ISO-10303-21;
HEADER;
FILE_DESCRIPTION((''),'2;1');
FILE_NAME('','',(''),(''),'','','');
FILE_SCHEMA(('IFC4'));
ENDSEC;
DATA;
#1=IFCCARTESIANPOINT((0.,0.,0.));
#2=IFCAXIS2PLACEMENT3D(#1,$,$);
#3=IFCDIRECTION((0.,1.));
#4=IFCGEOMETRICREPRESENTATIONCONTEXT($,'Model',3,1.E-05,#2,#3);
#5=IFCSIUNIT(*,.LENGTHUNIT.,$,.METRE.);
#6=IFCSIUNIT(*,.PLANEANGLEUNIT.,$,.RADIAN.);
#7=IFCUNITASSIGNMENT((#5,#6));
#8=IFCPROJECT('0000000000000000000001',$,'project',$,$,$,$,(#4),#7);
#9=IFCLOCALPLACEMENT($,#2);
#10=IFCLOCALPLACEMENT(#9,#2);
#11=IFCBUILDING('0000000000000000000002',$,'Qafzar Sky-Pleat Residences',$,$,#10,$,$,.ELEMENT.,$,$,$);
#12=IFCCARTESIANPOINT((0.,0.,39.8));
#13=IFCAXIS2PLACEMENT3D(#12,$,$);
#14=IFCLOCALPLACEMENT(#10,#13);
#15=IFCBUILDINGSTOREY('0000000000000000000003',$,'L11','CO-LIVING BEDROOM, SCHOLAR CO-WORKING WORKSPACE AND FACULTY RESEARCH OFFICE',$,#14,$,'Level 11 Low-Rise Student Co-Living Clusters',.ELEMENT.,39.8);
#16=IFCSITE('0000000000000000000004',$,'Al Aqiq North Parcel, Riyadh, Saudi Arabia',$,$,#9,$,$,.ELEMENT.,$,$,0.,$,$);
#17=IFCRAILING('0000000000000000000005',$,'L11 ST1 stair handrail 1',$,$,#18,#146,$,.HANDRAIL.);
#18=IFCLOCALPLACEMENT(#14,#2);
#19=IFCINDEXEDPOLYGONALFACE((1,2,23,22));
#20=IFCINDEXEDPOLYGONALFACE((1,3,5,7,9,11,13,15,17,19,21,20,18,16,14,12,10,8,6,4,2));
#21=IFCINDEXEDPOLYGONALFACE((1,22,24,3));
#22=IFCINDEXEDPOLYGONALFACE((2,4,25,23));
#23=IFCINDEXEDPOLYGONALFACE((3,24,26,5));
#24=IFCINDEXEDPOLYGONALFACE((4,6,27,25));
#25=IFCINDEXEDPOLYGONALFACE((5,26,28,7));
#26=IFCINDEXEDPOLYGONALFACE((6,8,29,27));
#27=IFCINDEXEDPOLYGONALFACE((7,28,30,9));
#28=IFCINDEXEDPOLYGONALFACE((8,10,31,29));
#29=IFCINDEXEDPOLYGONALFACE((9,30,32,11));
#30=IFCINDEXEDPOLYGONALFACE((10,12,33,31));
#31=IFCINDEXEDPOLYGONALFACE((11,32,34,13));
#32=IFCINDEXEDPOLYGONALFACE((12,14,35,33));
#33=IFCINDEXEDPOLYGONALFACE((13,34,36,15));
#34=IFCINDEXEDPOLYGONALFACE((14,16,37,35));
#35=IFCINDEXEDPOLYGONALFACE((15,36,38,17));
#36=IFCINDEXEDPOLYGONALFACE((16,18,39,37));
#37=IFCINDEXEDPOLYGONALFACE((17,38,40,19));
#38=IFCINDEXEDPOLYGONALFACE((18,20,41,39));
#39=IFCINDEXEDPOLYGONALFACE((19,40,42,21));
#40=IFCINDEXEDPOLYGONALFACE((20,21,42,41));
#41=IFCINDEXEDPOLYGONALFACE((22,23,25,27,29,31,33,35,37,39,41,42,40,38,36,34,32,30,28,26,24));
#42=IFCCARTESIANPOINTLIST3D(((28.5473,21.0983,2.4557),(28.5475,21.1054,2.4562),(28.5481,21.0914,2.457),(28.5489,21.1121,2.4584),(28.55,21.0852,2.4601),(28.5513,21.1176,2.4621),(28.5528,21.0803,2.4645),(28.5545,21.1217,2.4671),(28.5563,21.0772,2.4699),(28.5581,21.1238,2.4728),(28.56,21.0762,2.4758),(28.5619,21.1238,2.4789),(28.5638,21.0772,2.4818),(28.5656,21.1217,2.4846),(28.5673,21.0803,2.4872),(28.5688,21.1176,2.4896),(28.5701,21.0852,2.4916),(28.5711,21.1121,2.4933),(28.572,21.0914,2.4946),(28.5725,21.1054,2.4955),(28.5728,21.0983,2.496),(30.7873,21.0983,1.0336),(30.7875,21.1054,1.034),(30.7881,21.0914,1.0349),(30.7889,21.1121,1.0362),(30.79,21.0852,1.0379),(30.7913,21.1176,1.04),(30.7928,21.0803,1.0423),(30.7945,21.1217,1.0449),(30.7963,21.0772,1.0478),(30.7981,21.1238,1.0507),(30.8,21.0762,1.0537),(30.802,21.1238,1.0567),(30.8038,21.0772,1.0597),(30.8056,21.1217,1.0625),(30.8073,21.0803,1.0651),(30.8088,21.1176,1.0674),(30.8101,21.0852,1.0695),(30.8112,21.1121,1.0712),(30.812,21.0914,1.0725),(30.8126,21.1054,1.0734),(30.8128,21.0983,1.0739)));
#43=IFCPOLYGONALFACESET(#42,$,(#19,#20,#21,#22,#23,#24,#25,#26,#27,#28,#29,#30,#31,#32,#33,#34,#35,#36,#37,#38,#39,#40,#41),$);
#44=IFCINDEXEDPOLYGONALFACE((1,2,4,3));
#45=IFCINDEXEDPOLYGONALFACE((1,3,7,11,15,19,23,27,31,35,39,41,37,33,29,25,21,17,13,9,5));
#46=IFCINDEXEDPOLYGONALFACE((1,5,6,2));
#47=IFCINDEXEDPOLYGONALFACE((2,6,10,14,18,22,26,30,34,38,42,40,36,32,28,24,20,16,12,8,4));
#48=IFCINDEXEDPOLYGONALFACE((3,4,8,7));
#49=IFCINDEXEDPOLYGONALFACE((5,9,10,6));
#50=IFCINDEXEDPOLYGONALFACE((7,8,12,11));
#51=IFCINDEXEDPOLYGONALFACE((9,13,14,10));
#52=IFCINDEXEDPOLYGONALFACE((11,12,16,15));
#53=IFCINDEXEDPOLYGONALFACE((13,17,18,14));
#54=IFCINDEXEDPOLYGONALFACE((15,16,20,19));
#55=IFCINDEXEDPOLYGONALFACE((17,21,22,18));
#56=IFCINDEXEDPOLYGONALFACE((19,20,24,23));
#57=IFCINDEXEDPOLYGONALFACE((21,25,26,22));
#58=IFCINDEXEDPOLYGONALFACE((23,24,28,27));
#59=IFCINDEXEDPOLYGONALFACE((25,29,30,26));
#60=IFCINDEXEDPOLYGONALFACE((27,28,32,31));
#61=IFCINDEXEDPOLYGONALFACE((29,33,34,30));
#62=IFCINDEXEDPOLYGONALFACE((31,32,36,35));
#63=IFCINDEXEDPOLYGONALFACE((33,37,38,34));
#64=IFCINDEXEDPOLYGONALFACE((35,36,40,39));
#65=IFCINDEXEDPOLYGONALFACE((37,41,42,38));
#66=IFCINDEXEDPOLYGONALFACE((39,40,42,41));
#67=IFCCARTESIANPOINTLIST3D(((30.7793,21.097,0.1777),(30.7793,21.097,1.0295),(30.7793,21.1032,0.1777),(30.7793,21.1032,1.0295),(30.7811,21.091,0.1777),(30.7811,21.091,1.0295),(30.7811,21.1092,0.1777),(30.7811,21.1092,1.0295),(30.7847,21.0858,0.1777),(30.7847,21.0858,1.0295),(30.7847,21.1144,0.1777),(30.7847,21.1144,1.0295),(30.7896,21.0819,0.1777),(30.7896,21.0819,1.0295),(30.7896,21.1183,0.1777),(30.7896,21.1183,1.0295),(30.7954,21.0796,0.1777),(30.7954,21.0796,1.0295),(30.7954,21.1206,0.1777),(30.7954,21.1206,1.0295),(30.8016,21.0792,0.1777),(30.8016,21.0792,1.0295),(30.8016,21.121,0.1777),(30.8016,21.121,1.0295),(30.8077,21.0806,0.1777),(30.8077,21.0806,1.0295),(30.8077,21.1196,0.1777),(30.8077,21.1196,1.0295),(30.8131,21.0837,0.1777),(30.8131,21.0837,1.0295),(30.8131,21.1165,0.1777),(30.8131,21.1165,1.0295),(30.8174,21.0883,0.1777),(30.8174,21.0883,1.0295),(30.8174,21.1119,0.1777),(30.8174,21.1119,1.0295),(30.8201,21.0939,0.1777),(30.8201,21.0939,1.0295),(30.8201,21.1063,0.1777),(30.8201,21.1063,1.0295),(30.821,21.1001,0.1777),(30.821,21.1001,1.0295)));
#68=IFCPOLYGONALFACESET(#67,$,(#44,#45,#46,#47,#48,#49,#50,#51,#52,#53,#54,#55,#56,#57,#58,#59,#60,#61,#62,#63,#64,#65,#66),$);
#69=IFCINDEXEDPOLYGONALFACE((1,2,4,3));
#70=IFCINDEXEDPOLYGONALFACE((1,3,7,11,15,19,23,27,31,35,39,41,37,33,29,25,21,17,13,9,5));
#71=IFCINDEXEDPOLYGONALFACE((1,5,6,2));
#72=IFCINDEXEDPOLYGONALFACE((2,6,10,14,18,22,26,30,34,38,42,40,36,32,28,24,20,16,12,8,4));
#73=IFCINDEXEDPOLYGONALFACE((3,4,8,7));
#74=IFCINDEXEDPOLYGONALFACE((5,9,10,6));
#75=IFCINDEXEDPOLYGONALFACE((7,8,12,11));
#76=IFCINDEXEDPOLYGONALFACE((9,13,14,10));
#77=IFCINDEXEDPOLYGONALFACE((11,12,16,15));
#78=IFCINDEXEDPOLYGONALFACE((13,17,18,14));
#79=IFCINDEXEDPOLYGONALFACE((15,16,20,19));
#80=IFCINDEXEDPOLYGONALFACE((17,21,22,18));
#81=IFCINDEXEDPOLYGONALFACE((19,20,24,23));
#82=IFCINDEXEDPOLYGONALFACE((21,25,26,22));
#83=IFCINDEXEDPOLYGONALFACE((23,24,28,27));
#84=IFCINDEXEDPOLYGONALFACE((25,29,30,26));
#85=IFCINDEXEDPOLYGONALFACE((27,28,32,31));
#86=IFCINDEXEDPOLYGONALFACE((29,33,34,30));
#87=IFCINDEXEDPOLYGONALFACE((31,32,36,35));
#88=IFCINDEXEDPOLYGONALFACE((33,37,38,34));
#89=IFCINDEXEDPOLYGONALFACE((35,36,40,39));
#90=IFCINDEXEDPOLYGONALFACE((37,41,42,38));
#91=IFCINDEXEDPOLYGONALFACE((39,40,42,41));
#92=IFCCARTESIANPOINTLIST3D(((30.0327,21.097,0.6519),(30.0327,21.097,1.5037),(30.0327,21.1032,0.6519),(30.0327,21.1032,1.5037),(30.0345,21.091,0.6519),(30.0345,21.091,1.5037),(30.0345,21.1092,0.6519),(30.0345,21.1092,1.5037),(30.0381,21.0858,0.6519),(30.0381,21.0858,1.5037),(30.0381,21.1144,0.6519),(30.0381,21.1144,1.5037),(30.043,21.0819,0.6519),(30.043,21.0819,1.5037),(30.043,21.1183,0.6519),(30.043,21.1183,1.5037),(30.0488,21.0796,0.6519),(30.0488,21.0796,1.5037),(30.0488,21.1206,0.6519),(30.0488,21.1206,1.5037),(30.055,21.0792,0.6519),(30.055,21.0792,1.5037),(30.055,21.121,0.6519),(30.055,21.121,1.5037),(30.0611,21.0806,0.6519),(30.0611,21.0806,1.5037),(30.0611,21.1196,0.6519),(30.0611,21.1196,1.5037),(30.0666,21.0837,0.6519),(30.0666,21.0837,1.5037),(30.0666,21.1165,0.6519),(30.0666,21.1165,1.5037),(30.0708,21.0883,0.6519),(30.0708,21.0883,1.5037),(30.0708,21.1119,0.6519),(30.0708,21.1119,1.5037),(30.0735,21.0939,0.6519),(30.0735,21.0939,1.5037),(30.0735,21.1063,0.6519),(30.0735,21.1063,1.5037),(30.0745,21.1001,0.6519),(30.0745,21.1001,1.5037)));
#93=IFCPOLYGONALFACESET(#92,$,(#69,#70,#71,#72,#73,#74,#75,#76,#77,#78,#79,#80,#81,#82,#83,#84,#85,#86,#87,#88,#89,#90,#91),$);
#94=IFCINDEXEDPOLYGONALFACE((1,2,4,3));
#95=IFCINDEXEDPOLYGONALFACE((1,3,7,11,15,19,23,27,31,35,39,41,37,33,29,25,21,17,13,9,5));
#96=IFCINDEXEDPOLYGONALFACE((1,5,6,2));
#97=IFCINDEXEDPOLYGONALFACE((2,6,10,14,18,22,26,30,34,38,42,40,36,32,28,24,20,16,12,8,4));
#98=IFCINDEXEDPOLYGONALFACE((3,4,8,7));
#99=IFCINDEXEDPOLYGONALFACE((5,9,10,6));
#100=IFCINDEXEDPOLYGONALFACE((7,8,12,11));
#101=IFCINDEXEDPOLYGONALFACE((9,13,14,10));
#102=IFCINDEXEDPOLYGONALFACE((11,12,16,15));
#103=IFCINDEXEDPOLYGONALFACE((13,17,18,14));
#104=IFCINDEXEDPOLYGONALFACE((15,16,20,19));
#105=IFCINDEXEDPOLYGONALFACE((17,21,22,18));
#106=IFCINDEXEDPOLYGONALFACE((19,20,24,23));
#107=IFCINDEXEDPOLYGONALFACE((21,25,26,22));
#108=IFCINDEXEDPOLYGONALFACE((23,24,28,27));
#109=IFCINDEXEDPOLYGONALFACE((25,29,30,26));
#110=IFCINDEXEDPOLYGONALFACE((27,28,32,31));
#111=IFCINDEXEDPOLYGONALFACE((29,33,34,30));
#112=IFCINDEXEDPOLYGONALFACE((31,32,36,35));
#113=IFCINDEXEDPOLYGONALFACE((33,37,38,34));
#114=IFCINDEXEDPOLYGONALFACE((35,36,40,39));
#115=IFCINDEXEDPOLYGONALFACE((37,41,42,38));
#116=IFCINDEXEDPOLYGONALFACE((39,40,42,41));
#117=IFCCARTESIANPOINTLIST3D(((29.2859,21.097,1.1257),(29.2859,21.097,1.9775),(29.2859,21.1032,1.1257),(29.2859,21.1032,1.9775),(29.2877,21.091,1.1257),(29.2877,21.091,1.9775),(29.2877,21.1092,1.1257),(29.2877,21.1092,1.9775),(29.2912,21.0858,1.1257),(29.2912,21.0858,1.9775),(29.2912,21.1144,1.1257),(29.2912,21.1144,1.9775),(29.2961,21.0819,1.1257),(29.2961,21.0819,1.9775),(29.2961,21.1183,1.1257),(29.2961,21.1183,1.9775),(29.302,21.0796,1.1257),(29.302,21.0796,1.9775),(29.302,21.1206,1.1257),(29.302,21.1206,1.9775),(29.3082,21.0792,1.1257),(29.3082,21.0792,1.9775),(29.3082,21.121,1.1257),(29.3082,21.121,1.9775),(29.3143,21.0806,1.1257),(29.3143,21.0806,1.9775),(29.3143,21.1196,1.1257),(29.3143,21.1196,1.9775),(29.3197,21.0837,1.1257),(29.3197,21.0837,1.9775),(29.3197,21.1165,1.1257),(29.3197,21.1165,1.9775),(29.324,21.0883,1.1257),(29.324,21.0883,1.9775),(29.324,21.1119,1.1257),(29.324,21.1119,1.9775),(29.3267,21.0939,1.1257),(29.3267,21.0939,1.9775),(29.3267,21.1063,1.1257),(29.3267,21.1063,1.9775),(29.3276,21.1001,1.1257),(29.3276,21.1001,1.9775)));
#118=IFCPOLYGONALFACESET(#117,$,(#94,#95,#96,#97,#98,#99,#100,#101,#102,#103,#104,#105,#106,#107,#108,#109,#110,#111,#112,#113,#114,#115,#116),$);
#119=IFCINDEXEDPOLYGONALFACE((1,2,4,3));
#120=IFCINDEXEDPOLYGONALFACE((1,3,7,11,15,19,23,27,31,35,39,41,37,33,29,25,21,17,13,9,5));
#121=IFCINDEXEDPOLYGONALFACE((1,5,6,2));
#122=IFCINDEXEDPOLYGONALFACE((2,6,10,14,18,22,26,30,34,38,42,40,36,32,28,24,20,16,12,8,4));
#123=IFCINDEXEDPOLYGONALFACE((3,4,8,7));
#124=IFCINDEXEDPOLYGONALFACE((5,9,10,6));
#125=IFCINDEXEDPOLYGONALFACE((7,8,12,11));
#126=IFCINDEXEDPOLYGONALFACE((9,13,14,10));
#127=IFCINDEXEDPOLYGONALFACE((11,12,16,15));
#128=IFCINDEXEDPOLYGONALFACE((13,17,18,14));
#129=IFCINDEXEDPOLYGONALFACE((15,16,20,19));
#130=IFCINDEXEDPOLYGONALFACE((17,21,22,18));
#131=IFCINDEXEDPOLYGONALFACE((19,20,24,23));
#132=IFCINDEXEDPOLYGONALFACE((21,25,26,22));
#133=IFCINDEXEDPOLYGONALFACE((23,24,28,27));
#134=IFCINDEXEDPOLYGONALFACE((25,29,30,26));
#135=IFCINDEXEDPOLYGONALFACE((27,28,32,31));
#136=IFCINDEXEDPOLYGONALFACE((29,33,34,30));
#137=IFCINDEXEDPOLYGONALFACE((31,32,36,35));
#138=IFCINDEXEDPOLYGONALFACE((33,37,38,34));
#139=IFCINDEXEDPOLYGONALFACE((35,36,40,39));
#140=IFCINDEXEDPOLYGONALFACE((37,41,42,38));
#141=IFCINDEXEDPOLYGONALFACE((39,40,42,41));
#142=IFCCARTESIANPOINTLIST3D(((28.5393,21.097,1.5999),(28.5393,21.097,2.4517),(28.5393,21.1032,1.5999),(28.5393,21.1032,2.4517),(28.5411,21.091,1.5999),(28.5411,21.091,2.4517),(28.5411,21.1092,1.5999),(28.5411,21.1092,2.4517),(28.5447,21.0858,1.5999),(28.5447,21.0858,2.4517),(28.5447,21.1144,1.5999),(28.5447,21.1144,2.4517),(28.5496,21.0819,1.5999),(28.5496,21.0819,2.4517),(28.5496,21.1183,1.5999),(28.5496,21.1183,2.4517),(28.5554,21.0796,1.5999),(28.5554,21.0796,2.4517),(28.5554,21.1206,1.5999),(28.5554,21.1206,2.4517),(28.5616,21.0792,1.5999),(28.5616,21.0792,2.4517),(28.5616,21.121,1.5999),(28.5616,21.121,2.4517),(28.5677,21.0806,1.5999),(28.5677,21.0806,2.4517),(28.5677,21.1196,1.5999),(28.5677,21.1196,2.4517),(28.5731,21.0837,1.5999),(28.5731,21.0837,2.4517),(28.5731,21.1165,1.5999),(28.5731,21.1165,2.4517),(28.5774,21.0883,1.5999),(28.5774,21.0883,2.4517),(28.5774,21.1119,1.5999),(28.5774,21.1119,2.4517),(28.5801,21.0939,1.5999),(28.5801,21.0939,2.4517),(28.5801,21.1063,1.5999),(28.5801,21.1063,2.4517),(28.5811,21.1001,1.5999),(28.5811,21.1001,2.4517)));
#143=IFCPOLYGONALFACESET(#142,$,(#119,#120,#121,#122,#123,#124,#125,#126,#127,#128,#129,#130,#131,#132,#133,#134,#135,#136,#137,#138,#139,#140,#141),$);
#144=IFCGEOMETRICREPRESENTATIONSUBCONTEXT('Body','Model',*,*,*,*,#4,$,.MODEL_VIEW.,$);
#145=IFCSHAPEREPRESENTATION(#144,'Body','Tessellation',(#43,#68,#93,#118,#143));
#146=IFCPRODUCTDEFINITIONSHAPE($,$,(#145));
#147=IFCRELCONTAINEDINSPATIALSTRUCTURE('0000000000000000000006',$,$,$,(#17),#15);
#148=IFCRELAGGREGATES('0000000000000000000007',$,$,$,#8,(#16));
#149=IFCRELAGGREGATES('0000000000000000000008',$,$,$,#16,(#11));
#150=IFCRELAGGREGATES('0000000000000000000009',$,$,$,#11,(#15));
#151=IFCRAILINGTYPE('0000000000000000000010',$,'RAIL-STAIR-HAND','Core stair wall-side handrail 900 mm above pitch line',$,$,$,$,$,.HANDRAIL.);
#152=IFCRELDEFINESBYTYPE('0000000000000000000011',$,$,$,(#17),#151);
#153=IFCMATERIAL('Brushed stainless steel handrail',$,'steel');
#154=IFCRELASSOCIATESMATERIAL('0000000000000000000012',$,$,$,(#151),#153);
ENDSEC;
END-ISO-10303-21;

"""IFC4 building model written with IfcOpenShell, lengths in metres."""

from ifc_helpers import new_model, si_unit, direction, frame, origin, origin_2d, place, context, subcontext, project, spatial, circle, extrude, source, transform, mapped, material, type_object, element, save


model = new_model("IFC4")

# Units and contexts
model_context = context("Model", 3, precision=1e-05, world=origin(), true_north=direction((0.0, 1.0)))
body_context = subcontext(model_context, "Body", "Model", "MODEL_VIEW")
ifc_project = project(units=[si_unit("LENGTHUNIT", "METRE"), si_unit("PLANEANGLEUNIT", "RADIAN")], contexts=[model_context])

# Site, building, storey
site_placement = place(None, origin())
site = spatial("IfcSite", under=ifc_project, at=site_placement, Name="Al Aqiq North Parcel, Riyadh, Saudi Arabia", CompositionType="ELEMENT", RefElevation=0.0)
building_placement = place(site_placement, origin())
building = spatial("IfcBuilding", under=site, at=building_placement, Name="Qafzar Sky-Pleat Residences", CompositionType="ELEMENT")
storey_placement = place(building_placement, frame((0.0, 0.0, 39.8)))
storey = spatial("IfcBuildingStorey", under=building, at=storey_placement, Name="L11", Description="CO-LIVING BEDROOM, SCHOLAR CO-WORKING WORKSPACE AND FACULTY RESEARCH OFFICE", LongName="Level 11 Low-Rise Student Co-Living Clusters", CompositionType="ELEMENT", Elevation=39.8)

# Railing
ifc_material_1 = material(Name="Brushed stainless steel handrail", Category="steel")
railing_type_1 = type_object("IfcRailingType", Name="RAIL-STAIR-HAND", Description="Core stair wall-side handrail 900 mm above pitch line", PredefinedType="HANDRAIL", material=ifc_material_1)
shared_shape_1 = source(origin(), body_context, "Body", "SweptSolid", [
    extrude(circle(Radius=0.0239, at=origin_2d()), frame((0.0, 0.0, 0.876), z_axis=(-0.844229, 0.0, 0.535982), x_axis=(0.0, -1.0, 0.0)), (0.0, 0.0, 1.0), 2.6533),
    extrude(circle(Radius=0.021, at=origin_2d()), origin(), (0.0, 0.0, 1.0), 0.8518),
    extrude(circle(Radius=0.021, at=origin_2d()), frame((-0.7466, 0.0, 0.4741)), (0.0, 0.0, 1.0), 0.8518),
    extrude(circle(Radius=0.021, at=origin_2d()), frame((-1.4934, 0.0, 0.948)), (0.0, 0.0, 1.0), 0.8518),
    extrude(circle(Radius=0.021, at=origin_2d()), frame((-2.24, 0.0, 1.4221)), (0.0, 0.0, 1.0), 0.8518),
])
railing_1_placement = place(storey_placement, frame((30.8, 21.1001, 0.1777)))
element("IfcRailing", 1, at=railing_1_placement, inside=storey, type_object=railing_type_1, Name="L11 ST1 stair handrail 1", PredefinedType="HANDRAIL", context=body_context, shape_type="MappedRepresentation", body=[
    mapped(shared_shape_1, transform((0.0, 0.0, 0.0), x_axis=(1.0, 0.0, 0.0), y_axis=(0.0, 1.0, 0.0), z_axis=(0.0, 0.0, 1.0), scale=1.0)),
])

save(model, "model.ifc")
